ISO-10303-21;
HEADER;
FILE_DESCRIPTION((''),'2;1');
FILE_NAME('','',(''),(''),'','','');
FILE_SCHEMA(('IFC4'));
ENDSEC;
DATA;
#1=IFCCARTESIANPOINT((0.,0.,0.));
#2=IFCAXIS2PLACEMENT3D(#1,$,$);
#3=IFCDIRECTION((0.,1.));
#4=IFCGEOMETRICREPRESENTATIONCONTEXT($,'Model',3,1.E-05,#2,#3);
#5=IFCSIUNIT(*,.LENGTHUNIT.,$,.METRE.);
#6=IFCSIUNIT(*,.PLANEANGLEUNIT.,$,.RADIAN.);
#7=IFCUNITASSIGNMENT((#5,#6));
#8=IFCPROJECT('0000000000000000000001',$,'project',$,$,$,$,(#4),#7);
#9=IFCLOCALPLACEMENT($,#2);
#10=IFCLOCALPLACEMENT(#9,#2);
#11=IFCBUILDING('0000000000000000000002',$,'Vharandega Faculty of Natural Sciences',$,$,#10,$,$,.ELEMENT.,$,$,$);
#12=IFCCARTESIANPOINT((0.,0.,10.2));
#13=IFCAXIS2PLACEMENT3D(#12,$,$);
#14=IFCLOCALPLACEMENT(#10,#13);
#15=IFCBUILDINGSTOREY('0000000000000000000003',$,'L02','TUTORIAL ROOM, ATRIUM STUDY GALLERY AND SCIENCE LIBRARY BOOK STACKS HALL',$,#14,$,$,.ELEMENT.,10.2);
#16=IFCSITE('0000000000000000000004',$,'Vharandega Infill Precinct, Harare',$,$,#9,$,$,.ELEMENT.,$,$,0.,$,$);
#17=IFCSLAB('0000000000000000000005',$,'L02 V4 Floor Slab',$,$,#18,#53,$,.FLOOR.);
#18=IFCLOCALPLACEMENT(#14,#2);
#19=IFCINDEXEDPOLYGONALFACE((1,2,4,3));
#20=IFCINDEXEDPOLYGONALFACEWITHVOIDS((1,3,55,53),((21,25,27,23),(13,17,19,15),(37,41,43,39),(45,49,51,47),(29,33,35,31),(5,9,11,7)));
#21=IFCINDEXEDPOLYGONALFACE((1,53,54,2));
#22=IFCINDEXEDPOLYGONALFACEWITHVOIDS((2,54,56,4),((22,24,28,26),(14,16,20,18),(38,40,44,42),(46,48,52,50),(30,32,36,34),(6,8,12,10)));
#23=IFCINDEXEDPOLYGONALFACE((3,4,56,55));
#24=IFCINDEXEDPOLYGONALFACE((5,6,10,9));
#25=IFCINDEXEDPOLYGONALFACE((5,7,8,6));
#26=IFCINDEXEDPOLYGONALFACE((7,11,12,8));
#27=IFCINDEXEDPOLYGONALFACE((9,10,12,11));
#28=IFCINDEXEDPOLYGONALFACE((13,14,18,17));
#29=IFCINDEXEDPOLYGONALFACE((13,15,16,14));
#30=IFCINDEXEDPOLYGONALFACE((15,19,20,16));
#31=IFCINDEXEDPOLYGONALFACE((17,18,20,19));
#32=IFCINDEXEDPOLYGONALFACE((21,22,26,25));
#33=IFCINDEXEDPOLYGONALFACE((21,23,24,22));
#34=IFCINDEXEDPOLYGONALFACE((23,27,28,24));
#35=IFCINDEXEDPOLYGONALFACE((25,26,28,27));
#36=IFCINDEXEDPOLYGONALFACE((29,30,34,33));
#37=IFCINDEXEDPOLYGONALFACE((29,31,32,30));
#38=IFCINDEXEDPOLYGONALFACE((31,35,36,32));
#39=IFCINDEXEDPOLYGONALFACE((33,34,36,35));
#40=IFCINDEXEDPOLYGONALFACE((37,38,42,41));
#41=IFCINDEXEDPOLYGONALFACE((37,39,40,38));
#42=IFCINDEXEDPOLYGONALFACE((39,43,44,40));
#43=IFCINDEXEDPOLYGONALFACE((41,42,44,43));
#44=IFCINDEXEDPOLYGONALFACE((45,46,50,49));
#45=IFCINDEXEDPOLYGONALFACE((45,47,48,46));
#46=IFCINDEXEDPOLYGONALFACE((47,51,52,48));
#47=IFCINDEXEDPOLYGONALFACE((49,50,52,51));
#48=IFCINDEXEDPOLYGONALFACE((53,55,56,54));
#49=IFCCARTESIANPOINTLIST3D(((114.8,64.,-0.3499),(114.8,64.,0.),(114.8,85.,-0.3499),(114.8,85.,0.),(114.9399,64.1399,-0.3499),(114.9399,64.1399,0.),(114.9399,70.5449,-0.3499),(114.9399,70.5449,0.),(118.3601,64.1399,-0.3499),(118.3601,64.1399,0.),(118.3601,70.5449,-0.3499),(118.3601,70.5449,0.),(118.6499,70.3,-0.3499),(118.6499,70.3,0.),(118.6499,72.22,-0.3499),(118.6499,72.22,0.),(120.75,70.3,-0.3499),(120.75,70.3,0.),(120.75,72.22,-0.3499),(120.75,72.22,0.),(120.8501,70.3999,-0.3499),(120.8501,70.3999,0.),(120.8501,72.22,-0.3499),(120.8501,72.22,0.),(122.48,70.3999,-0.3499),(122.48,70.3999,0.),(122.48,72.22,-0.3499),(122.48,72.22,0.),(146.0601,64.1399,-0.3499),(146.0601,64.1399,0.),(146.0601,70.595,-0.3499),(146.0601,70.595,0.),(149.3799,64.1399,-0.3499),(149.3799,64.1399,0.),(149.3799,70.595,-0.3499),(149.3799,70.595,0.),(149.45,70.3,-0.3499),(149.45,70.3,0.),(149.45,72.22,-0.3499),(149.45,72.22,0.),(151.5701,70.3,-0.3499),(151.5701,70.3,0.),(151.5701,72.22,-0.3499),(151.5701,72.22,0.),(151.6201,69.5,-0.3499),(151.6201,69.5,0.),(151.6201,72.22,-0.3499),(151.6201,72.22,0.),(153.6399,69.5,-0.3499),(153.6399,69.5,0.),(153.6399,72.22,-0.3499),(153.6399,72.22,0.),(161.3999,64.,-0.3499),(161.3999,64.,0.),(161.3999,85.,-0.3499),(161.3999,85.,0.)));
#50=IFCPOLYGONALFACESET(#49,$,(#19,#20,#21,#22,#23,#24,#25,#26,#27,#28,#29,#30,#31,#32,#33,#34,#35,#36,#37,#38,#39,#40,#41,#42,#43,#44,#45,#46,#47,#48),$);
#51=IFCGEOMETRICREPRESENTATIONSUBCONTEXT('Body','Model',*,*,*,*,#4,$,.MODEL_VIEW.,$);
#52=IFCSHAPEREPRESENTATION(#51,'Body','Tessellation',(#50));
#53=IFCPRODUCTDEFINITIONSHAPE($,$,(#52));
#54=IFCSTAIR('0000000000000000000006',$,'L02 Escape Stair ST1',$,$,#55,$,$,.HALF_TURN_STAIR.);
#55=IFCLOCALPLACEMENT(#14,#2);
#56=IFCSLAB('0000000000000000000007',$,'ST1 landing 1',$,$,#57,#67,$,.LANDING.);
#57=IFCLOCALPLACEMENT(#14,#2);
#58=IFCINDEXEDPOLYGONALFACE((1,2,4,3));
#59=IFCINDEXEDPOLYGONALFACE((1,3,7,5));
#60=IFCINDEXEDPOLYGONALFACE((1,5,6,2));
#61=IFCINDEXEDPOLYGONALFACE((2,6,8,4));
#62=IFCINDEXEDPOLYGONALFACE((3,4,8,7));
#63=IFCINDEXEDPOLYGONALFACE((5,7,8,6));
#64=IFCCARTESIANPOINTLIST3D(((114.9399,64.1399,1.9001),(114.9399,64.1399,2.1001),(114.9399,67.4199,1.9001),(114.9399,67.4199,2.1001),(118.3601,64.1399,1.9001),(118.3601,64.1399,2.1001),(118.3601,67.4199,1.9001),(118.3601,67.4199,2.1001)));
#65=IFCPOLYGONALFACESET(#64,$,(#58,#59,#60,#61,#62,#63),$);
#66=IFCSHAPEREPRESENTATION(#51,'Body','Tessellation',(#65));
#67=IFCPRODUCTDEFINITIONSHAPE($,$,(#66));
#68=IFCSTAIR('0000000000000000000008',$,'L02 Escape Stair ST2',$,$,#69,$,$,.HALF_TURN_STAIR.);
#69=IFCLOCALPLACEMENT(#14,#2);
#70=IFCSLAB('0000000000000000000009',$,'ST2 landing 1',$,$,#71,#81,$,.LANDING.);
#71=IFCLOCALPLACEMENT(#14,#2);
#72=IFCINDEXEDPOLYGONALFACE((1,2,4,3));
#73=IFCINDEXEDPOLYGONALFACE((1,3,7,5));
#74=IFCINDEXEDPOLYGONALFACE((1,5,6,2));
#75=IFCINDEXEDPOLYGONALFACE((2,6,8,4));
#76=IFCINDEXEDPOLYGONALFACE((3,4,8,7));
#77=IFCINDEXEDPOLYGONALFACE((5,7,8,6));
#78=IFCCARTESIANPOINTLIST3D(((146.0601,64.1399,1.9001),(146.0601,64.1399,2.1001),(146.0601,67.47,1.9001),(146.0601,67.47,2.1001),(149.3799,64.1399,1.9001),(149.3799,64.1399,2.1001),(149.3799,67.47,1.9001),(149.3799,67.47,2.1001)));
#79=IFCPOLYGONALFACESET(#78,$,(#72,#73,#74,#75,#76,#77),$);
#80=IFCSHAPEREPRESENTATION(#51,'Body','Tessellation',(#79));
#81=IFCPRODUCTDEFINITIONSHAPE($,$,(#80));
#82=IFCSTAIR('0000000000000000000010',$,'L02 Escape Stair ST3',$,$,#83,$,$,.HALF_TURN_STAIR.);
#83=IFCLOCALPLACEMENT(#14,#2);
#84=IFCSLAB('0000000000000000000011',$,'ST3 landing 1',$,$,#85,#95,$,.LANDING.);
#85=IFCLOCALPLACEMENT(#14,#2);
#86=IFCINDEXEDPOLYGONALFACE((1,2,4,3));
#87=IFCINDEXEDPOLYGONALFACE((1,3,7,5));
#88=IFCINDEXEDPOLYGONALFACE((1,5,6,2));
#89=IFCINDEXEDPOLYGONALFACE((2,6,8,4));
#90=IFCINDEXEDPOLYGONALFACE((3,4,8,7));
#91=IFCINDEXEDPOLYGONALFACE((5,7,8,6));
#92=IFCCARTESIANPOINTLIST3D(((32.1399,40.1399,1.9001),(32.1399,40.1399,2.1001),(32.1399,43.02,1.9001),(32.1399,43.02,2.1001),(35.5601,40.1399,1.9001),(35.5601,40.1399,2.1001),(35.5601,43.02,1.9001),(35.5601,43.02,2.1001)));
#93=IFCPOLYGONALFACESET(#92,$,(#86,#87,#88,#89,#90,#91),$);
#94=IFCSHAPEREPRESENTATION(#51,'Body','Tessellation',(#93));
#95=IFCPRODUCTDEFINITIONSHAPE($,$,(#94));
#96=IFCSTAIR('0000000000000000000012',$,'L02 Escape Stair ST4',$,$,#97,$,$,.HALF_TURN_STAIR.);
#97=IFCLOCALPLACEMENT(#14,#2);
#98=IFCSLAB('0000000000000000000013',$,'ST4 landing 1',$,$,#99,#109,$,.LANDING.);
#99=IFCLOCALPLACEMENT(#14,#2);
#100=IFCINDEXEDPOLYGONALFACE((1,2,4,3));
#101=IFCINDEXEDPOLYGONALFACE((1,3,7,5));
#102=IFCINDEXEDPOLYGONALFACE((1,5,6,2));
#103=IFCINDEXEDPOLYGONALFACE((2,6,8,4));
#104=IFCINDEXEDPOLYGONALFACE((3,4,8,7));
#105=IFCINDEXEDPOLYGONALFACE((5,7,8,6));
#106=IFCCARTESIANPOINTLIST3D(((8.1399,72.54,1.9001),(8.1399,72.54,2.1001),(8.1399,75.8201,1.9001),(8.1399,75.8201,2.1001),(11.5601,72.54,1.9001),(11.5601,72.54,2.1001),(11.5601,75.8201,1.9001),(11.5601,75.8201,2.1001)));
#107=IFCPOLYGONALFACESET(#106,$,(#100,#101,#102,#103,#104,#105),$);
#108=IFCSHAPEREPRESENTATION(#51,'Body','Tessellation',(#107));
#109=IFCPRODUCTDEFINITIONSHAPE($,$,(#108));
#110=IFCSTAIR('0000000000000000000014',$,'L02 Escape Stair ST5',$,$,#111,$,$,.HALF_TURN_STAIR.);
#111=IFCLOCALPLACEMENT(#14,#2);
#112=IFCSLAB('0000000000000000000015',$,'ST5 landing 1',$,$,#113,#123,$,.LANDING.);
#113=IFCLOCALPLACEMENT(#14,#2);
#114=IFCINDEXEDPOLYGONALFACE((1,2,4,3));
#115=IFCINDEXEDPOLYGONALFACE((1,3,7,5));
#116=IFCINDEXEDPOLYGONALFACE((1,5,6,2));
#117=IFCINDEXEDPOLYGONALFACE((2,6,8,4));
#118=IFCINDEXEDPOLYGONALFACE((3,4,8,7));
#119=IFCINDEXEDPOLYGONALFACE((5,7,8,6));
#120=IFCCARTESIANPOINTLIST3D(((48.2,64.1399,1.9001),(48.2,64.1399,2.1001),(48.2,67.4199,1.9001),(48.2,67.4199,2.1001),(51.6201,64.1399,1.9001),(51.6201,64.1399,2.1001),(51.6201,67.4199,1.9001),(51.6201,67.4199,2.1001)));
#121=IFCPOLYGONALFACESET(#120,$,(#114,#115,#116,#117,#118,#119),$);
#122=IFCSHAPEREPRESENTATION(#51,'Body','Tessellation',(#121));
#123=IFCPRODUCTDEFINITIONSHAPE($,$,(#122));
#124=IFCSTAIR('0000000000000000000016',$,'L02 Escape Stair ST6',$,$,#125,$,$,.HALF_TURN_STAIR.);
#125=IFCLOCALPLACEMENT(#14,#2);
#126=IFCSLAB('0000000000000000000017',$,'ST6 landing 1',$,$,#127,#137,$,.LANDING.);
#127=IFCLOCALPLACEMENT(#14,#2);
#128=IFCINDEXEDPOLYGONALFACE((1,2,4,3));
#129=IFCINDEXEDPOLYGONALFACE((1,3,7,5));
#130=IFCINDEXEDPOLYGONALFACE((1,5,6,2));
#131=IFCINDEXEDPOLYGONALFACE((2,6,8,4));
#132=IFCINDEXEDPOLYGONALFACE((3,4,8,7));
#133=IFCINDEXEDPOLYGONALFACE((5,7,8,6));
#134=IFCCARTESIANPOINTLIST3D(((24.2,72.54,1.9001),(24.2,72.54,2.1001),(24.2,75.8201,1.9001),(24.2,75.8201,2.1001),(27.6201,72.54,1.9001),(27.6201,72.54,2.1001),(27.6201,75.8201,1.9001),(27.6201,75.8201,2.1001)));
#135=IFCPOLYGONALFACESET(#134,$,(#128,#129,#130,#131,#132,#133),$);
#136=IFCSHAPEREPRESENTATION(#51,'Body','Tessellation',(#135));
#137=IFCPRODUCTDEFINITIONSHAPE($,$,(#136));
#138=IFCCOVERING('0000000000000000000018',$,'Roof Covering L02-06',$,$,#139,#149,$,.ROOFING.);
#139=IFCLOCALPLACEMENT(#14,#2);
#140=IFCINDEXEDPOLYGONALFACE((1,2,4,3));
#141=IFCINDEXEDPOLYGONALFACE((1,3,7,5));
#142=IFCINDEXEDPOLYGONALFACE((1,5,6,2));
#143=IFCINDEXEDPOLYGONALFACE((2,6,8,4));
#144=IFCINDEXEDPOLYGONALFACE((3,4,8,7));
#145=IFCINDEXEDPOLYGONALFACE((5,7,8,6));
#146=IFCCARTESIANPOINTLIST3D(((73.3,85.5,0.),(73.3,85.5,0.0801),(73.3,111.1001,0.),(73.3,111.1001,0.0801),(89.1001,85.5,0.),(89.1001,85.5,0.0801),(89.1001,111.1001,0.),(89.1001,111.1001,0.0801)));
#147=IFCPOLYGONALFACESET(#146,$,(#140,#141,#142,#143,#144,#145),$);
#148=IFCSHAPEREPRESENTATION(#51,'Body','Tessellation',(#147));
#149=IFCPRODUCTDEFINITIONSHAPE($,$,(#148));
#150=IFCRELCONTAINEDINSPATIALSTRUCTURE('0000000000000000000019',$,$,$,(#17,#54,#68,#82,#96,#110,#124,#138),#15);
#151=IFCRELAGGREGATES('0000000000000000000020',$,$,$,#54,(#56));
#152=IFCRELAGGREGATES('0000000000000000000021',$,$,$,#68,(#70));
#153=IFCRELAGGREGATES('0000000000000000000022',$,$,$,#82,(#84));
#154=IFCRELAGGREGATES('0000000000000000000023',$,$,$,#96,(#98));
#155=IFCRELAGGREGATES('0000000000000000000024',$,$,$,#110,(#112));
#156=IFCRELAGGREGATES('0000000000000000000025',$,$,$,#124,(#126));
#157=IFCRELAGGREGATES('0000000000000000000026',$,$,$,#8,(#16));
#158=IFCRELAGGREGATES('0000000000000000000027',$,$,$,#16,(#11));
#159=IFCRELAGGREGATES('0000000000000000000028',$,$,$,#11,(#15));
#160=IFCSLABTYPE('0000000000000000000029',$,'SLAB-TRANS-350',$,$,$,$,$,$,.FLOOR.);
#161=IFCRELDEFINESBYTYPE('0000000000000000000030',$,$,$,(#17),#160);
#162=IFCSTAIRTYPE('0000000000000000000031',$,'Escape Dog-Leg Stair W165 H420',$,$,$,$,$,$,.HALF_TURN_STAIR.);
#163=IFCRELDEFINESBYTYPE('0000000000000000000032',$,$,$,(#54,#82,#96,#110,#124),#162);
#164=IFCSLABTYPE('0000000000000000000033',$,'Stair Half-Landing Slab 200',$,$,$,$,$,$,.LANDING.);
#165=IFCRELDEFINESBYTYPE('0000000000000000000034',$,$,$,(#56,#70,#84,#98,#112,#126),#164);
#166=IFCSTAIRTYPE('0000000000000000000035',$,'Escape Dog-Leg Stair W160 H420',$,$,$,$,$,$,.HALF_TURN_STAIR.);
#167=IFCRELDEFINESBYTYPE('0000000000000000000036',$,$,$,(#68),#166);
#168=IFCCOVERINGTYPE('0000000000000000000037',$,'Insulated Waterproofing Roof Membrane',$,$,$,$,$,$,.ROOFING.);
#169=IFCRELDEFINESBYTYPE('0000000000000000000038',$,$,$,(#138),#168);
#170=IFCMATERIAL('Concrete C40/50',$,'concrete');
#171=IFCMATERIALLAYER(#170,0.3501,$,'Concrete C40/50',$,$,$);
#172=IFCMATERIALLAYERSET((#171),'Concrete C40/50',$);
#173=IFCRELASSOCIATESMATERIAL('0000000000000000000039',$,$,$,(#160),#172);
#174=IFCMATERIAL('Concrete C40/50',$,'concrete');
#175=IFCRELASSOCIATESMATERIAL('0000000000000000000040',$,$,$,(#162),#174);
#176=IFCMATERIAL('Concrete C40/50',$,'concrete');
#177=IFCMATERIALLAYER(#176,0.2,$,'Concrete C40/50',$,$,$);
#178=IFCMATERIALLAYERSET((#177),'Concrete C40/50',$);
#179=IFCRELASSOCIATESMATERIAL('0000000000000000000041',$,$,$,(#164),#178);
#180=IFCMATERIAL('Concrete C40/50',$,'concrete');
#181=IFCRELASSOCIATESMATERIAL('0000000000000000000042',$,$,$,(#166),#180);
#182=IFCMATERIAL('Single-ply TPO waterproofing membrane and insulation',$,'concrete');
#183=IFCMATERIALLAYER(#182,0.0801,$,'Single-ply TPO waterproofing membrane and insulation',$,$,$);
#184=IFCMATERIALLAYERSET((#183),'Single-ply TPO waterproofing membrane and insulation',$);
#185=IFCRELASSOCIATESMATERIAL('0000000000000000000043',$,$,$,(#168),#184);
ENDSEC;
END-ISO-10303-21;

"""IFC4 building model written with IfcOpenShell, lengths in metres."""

from ifc_helpers import new_model, si_unit, direction, frame, origin, place, context, subcontext, project, spatial, polyline, outline, extrude, material, layer, layer_set, type_object, element, aggregate, save


model = new_model("IFC4")

# Units and contexts
model_context = context("Model", 3, precision=1e-05, world=origin(), true_north=direction((0.0, 1.0)))
body_context = subcontext(model_context, "Body", "Model", "MODEL_VIEW")
ifc_project = project(units=[si_unit("LENGTHUNIT", "METRE"), si_unit("PLANEANGLEUNIT", "RADIAN")], contexts=[model_context])

# Site, building, storey
site_placement = place(None, origin())
site = spatial("IfcSite", under=ifc_project, at=site_placement, Name="Vharandega Infill Precinct, Harare", CompositionType="ELEMENT", RefElevation=0.0)
building_placement = place(site_placement, origin())
building = spatial("IfcBuilding", under=site, at=building_placement, Name="Vharandega Faculty of Natural Sciences", CompositionType="ELEMENT")
storey_placement = place(building_placement, frame((0.0, 0.0, 10.2)))
storey = spatial("IfcBuildingStorey", under=building, at=storey_placement, Name="L02", Description="TUTORIAL ROOM, ATRIUM STUDY GALLERY AND SCIENCE LIBRARY BOOK STACKS HALL", CompositionType="ELEMENT", Elevation=10.2)

# Slab
ifc_material_1 = material(Name="Concrete C40/50", Category="concrete")
ifc_layer_1 = layer(ifc_material_1, 0.3501, Name="Concrete C40/50")
ifc_layer_set_1 = layer_set([ifc_layer_1], Name="Concrete C40/50")
slab_type_1 = type_object("IfcSlabType", Name="SLAB-TRANS-350", PredefinedType="FLOOR", material=ifc_layer_set_1)
slab_1_placement = place(storey_placement, frame((0.0, 0.0, -0.3499)))
element("IfcSlab", 1, at=slab_1_placement, inside=storey, type_object=slab_type_1, Name="L02 V4 Floor Slab", PredefinedType="FLOOR", context=body_context, shape_type="SweptSolid", body=[
    extrude(outline(polyline([(114.8, 64.0), (161.3999, 64.0), (161.3999, 85.0), (114.8, 85.0), (114.8, 64.0)]), holes=[polyline([(114.9399, 70.5449), (114.9399, 64.1399), (118.3601, 64.1399), (118.3601, 70.5449), (114.9399, 70.5449)]), polyline([(118.6499, 70.3), (120.75, 70.3), (120.75, 72.22), (118.6499, 72.22), (118.6499, 70.3)]), polyline([(120.8501, 70.3999), (122.48, 70.3999), (122.48, 72.22), (120.8501, 72.22), (120.8501, 70.3999)]), polyline([(146.0601, 70.595), (146.0601, 64.1399), (149.3799, 64.1399), (149.3799, 70.595), (146.0601, 70.595)]), polyline([(149.45, 70.3), (151.5701, 70.3), (151.5701, 72.22), (149.45, 72.22), (149.45, 70.3)]), polyline([(151.6201, 69.5), (153.6399, 69.5), (153.6399, 72.22), (151.6201, 72.22), (151.6201, 69.5)])]), origin(), (0.0, 0.0, 1.0), 0.3499),
])

# Stairs, slabs
ifc_material_2 = material(Name="Concrete C40/50", Category="concrete")
stair_type_1 = type_object("IfcStairType", Name="Escape Dog-Leg Stair W165 H420", PredefinedType="HALF_TURN_STAIR", material=ifc_material_2)
stair_1_placement = place(storey_placement, origin())
stair_1 = element("IfcStair", 2, at=stair_1_placement, inside=storey, type_object=stair_type_1, Name="L02 Escape Stair ST1", PredefinedType="HALF_TURN_STAIR")
ifc_material_3 = material(Name="Concrete C40/50", Category="concrete")
ifc_layer_2 = layer(ifc_material_3, 0.2, Name="Concrete C40/50")
ifc_layer_set_2 = layer_set([ifc_layer_2], Name="Concrete C40/50")
slab_type_2 = type_object("IfcSlabType", Name="Stair Half-Landing Slab 200", PredefinedType="LANDING", material=ifc_layer_set_2)
slab_2_placement = place(storey_placement, frame((0.0, 0.0, 1.9001)))
slab_2 = element("IfcSlab", 3, at=slab_2_placement, type_object=slab_type_2, Name="ST1 landing 1", PredefinedType="LANDING", context=body_context, shape_type="SweptSolid", body=[
    extrude(outline(polyline([(114.9399, 67.4199), (114.9399, 64.1399), (118.3601, 64.1399), (118.3601, 67.4199), (114.9399, 67.4199)])), origin(), (0.0, 0.0, 1.0), 0.2),
])
aggregate(stair_1, [slab_2])
ifc_material_4 = material(Name="Concrete C40/50", Category="concrete")
stair_type_2 = type_object("IfcStairType", Name="Escape Dog-Leg Stair W160 H420", PredefinedType="HALF_TURN_STAIR", material=ifc_material_4)
stair_2_placement = place(storey_placement, origin())
stair_2 = element("IfcStair", 4, at=stair_2_placement, inside=storey, type_object=stair_type_2, Name="L02 Escape Stair ST2", PredefinedType="HALF_TURN_STAIR")
slab_3_placement = place(storey_placement, frame((0.0, 0.0, 1.9001)))
slab_3 = element("IfcSlab", 5, at=slab_3_placement, type_object=slab_type_2, Name="ST2 landing 1", PredefinedType="LANDING", context=body_context, shape_type="SweptSolid", body=[
    extrude(outline(polyline([(146.0601, 67.47), (146.0601, 64.1399), (149.3799, 64.1399), (149.3799, 67.47), (146.0601, 67.47)])), origin(), (0.0, 0.0, 1.0), 0.2),
])
aggregate(stair_2, [slab_3])
stair_3_placement = place(storey_placement, origin())
stair_3 = element("IfcStair", 6, at=stair_3_placement, inside=storey, type_object=stair_type_1, Name="L02 Escape Stair ST3", PredefinedType="HALF_TURN_STAIR")
slab_4_placement = place(storey_placement, frame((0.0, 0.0, 1.9001)))
slab_4 = element("IfcSlab", 7, at=slab_4_placement, type_object=slab_type_2, Name="ST3 landing 1", PredefinedType="LANDING", context=body_context, shape_type="SweptSolid", body=[
    extrude(outline(polyline([(32.1399, 43.02), (32.1399, 40.1399), (35.5601, 40.1399), (35.5601, 43.02), (32.1399, 43.02)])), origin(), (0.0, 0.0, 1.0), 0.2),
])
aggregate(stair_3, [slab_4])
stair_4_placement = place(storey_placement, origin())
stair_4 = element("IfcStair", 8, at=stair_4_placement, inside=storey, type_object=stair_type_1, Name="L02 Escape Stair ST4", PredefinedType="HALF_TURN_STAIR")
slab_5_placement = place(storey_placement, frame((0.0, 0.0, 1.9001)))
slab_5 = element("IfcSlab", 9, at=slab_5_placement, type_object=slab_type_2, Name="ST4 landing 1", PredefinedType="LANDING", context=body_context, shape_type="SweptSolid", body=[
    extrude(outline(polyline([(8.1399, 75.8201), (8.1399, 72.54), (11.5601, 72.54), (11.5601, 75.8201), (8.1399, 75.8201)])), origin(), (0.0, 0.0, 1.0), 0.2),
])
aggregate(stair_4, [slab_5])
stair_5_placement = place(storey_placement, origin())
stair_5 = element("IfcStair", 10, at=stair_5_placement, inside=storey, type_object=stair_type_1, Name="L02 Escape Stair ST5", PredefinedType="HALF_TURN_STAIR")
slab_6_placement = place(storey_placement, frame((0.0, 0.0, 1.9001)))
slab_6 = element("IfcSlab", 11, at=slab_6_placement, type_object=slab_type_2, Name="ST5 landing 1", PredefinedType="LANDING", context=body_context, shape_type="SweptSolid", body=[
    extrude(outline(polyline([(48.2, 67.4199), (48.2, 64.1399), (51.6201, 64.1399), (51.6201, 67.4199), (48.2, 67.4199)])), origin(), (0.0, 0.0, 1.0), 0.2),
])
aggregate(stair_5, [slab_6])
stair_6_placement = place(storey_placement, origin())
stair_6 = element("IfcStair", 12, at=stair_6_placement, inside=storey, type_object=stair_type_1, Name="L02 Escape Stair ST6", PredefinedType="HALF_TURN_STAIR")
slab_7_placement = place(storey_placement, frame((0.0, 0.0, 1.9001)))
slab_7 = element("IfcSlab", 13, at=slab_7_placement, type_object=slab_type_2, Name="ST6 landing 1", PredefinedType="LANDING", context=body_context, shape_type="SweptSolid", body=[
    extrude(outline(polyline([(24.2, 75.8201), (24.2, 72.54), (27.6201, 72.54), (27.6201, 75.8201), (24.2, 75.8201)])), origin(), (0.0, 0.0, 1.0), 0.2),
])
aggregate(stair_6, [slab_7])

# Covering
ifc_material_5 = material(Name="Single-ply TPO waterproofing membrane and insulation", Category="concrete")
ifc_layer_3 = layer(ifc_material_5, 0.0801, Name="Single-ply TPO waterproofing membrane and insulation")
ifc_layer_set_3 = layer_set([ifc_layer_3], Name="Single-ply TPO waterproofing membrane and insulation")
covering_type = type_object("IfcCoveringType", Name="Insulated Waterproofing Roof Membrane", PredefinedType="ROOFING", material=ifc_layer_set_3)
covering_placement = place(storey_placement, origin())
element("IfcCovering", 14, at=covering_placement, inside=storey, type_object=covering_type, Name="Roof Covering L02-06", PredefinedType="ROOFING", context=body_context, shape_type="SweptSolid", body=[
    extrude(outline(polyline([(73.3, 85.5), (89.1001, 85.5), (89.1001, 111.1001), (73.3, 111.1001), (73.3, 85.5)])), origin(), (0.0, 0.0, 1.0), 0.0801),
])

save(model, "model.ifc")
